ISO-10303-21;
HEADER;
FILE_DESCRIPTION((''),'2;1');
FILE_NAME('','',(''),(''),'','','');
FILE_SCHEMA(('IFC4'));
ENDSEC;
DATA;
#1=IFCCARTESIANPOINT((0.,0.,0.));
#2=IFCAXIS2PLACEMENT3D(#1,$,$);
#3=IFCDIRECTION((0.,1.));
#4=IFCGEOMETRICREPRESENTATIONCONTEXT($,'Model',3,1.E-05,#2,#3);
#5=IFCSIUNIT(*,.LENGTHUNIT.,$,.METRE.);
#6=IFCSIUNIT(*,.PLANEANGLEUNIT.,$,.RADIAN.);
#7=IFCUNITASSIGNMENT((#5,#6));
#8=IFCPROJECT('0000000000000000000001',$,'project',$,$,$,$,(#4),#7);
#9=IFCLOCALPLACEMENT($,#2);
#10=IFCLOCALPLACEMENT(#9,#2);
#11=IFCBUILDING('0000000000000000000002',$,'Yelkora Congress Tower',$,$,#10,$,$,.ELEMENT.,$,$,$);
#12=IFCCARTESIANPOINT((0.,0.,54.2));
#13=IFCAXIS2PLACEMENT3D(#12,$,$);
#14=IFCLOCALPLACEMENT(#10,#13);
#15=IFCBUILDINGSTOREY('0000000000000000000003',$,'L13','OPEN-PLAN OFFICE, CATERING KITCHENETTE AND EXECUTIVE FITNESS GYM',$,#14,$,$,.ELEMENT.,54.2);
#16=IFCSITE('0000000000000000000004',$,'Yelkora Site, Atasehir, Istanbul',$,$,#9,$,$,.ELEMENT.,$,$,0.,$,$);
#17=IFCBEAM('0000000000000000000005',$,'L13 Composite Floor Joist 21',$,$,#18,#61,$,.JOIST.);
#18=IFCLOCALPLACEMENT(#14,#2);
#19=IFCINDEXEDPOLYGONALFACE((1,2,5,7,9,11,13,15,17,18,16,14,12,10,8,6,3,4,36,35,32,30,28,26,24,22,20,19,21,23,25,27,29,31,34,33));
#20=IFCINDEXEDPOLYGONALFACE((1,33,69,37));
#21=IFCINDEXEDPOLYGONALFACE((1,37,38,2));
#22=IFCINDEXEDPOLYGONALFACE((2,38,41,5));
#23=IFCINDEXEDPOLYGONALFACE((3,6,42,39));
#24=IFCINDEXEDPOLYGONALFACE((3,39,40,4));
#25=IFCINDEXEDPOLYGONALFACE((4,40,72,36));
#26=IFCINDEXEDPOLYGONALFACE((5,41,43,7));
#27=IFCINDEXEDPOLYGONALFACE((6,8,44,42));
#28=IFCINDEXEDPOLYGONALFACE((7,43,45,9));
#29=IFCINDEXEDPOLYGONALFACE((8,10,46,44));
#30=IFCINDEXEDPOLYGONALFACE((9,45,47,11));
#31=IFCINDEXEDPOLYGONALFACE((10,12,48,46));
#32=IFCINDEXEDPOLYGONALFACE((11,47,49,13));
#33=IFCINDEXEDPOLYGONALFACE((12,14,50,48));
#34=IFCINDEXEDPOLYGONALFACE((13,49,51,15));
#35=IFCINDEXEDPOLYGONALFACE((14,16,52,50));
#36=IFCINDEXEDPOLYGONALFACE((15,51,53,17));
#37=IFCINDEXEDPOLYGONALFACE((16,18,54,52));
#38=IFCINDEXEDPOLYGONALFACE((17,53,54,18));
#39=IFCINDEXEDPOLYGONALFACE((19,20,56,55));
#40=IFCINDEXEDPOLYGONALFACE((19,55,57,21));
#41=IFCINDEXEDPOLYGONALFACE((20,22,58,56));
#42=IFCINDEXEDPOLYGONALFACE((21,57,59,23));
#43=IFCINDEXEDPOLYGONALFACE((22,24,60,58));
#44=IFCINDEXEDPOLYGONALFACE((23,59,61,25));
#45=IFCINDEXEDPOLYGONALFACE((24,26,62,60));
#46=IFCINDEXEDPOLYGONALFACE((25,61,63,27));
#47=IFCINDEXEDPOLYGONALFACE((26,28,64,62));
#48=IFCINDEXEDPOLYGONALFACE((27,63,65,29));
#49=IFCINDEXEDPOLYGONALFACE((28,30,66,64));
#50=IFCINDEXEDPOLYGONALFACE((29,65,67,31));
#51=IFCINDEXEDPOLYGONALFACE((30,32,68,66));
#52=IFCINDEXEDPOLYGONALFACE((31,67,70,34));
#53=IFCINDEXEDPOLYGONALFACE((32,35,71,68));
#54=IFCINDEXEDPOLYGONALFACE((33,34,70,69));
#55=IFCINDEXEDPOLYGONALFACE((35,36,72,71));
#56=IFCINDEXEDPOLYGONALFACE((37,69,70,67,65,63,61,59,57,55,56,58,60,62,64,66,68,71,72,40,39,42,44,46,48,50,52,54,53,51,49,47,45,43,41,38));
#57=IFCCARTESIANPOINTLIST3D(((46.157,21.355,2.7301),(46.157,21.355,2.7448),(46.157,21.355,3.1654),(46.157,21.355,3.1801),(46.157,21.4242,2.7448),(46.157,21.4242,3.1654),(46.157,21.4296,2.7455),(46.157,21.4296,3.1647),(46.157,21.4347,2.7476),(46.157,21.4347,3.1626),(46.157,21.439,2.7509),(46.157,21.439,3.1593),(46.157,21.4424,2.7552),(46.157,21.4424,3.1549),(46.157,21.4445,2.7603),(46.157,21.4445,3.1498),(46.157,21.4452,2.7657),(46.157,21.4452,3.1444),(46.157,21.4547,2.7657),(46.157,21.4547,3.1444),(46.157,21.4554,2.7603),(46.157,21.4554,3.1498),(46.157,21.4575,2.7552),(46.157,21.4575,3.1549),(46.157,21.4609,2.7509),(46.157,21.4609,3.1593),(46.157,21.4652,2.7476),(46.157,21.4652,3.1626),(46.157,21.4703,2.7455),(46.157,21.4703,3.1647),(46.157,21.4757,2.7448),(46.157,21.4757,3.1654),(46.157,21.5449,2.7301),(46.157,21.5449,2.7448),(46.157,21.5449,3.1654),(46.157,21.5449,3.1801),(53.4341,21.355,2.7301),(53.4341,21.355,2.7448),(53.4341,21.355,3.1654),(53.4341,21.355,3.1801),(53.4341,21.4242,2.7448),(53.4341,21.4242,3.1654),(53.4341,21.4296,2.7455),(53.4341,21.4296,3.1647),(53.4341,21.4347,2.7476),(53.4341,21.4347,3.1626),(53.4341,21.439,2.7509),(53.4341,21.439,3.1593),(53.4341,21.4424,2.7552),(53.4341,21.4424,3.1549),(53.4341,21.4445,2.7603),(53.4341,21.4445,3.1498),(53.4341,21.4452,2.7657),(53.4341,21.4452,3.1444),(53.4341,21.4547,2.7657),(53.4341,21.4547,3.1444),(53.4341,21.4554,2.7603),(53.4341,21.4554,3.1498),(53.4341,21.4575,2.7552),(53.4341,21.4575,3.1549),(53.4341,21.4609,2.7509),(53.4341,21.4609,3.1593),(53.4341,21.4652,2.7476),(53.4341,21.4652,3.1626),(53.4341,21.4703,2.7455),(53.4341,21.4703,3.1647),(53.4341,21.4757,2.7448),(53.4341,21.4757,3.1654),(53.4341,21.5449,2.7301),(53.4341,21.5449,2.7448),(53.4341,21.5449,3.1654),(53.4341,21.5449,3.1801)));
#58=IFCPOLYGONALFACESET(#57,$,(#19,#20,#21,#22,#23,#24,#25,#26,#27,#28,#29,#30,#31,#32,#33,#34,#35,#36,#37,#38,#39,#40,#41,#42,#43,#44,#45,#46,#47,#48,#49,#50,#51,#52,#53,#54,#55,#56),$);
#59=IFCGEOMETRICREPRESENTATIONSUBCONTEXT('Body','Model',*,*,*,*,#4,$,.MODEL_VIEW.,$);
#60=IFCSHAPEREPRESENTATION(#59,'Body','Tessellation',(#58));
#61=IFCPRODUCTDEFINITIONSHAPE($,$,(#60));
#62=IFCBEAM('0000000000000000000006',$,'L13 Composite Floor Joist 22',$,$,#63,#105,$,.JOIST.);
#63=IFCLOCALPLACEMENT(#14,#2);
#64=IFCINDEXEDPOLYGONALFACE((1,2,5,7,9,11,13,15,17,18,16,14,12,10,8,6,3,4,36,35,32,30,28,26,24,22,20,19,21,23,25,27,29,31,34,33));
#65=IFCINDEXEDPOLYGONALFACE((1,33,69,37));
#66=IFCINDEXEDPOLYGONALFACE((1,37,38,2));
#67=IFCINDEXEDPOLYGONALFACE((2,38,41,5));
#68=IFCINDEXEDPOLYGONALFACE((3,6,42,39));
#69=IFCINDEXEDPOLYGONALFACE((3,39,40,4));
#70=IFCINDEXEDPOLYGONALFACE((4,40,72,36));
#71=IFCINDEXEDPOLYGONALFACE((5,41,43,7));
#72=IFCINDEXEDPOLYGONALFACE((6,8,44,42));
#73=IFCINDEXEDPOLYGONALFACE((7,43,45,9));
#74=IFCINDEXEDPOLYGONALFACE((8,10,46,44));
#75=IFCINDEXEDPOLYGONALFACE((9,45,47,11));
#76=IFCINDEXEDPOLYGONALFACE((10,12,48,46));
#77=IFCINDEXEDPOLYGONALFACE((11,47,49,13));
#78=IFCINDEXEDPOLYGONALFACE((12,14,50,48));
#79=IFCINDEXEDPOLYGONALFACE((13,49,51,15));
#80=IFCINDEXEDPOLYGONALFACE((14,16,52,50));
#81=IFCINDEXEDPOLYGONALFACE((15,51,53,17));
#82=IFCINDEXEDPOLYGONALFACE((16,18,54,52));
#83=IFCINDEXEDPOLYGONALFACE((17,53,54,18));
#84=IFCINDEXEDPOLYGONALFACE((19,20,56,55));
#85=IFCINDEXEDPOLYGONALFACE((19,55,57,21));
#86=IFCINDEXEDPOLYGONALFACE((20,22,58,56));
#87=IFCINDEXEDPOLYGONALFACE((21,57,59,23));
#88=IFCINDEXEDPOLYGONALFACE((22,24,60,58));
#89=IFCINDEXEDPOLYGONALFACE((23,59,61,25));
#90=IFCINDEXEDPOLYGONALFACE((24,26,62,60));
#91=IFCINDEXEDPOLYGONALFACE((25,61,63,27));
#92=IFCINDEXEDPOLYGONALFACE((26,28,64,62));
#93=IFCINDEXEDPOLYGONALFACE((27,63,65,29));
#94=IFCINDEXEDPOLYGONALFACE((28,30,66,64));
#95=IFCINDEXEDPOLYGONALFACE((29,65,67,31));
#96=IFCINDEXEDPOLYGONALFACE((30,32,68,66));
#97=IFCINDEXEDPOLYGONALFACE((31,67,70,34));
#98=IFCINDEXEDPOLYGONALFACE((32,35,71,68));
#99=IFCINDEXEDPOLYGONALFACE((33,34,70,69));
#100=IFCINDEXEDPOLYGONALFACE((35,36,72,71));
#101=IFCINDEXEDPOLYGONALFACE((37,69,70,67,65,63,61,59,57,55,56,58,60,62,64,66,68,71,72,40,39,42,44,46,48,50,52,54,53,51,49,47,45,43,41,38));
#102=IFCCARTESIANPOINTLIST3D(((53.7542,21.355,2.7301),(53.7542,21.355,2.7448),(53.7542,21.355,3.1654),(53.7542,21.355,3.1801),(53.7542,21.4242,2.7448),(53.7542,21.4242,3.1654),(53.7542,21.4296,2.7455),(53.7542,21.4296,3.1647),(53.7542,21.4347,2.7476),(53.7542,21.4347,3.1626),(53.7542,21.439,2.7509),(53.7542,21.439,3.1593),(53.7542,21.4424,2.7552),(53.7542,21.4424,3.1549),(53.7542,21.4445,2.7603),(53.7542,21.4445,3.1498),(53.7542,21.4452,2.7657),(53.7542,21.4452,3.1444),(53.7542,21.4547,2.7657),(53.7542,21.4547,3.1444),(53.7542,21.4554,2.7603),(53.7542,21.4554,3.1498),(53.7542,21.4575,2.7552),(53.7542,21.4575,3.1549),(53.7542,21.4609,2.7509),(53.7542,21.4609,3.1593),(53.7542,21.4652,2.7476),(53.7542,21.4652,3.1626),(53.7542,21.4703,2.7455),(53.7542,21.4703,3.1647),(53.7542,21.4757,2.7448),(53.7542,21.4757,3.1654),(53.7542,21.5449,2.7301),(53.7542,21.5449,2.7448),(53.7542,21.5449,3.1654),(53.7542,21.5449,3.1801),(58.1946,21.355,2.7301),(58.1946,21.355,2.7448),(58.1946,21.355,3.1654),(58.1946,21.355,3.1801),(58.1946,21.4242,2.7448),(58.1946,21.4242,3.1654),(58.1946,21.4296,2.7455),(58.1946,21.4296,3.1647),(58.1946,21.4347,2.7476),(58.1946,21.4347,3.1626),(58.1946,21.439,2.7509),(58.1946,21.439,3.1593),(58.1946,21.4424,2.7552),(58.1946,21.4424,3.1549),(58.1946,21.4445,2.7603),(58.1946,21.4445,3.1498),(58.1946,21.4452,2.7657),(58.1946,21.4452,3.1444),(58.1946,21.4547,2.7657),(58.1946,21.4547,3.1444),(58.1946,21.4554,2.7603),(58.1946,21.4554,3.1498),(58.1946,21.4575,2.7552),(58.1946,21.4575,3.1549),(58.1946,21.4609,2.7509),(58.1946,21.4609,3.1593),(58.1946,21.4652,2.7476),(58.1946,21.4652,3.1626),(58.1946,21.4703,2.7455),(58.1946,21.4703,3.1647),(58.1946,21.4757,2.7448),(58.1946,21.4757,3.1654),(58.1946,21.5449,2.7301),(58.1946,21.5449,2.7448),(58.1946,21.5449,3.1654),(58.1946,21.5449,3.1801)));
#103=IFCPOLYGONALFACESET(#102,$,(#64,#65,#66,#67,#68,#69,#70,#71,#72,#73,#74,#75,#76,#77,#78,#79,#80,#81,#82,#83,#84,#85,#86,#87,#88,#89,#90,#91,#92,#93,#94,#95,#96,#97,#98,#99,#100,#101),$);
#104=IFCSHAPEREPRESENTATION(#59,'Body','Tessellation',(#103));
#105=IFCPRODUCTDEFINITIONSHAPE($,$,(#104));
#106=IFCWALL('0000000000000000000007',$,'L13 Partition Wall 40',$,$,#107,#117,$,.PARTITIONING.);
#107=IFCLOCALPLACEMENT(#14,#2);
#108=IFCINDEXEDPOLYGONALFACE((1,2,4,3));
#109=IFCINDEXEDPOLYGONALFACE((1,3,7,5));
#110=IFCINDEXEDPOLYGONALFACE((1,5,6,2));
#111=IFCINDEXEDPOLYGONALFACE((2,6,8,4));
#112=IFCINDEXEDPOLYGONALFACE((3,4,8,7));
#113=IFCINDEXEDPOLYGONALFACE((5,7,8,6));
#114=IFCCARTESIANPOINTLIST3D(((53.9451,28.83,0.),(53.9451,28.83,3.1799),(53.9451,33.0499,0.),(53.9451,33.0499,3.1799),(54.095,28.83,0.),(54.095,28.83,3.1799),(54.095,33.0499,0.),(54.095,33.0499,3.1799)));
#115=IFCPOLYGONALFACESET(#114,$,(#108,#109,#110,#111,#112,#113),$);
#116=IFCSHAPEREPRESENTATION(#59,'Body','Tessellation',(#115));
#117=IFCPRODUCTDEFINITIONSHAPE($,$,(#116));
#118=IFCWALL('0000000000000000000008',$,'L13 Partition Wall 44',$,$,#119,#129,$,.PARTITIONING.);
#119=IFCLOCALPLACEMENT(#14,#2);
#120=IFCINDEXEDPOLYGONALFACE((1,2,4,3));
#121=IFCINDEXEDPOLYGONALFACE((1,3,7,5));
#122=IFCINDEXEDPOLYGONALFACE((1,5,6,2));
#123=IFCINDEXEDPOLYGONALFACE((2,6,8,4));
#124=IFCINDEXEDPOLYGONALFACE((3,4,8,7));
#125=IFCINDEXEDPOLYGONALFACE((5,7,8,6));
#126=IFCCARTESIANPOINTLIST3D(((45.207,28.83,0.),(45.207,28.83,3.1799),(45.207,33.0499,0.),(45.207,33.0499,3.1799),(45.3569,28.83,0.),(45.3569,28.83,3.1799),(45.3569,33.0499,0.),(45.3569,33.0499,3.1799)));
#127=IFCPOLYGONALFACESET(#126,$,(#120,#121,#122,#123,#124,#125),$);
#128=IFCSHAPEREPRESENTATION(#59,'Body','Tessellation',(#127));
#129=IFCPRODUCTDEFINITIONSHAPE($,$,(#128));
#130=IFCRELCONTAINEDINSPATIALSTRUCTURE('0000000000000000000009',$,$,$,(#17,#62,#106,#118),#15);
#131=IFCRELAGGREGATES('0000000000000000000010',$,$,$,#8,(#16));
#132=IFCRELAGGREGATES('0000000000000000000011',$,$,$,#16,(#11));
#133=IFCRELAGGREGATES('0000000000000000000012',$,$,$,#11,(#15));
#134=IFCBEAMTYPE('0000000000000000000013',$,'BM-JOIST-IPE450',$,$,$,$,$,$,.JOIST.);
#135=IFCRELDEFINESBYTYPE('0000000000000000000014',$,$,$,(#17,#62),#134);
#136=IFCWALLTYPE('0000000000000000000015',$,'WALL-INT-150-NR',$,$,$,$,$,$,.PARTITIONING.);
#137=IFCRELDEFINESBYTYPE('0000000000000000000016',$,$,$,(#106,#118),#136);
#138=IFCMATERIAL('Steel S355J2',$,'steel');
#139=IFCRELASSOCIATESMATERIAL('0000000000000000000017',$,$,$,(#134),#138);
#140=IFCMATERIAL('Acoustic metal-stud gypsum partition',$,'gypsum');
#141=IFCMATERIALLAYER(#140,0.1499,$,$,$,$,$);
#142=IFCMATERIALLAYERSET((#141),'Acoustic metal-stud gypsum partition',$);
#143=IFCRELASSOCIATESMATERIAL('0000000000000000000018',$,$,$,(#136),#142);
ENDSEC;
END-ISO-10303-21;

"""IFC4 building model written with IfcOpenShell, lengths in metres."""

from ifc_helpers import new_model, si_unit, direction, frame, frame_2d, origin, origin_2d, place, context, subcontext, project, spatial, rectangle, i_section, extrude, material, layer, layer_set, material_profile, profile_set, type_object, element, save


model = new_model("IFC4")

# Units and contexts
model_context = context("Model", 3, precision=1e-05, world=origin(), true_north=direction((0.0, 1.0)))
body_context = subcontext(model_context, "Body", "Model", "MODEL_VIEW")
ifc_project = project(units=[si_unit("LENGTHUNIT", "METRE"), si_unit("PLANEANGLEUNIT", "RADIAN")], contexts=[model_context])

# Site, building, storey
site_placement = place(None, origin())
site = spatial("IfcSite", under=ifc_project, at=site_placement, Name="Yelkora Site, Atasehir, Istanbul", CompositionType="ELEMENT", RefElevation=0.0)
building_placement = place(site_placement, origin())
building = spatial("IfcBuilding", under=site, at=building_placement, Name="Yelkora Congress Tower", CompositionType="ELEMENT")
storey_placement = place(building_placement, frame((0.0, 0.0, 54.2)))
storey = spatial("IfcBuildingStorey", under=building, at=storey_placement, Name="L13", Description="OPEN-PLAN OFFICE, CATERING KITCHENETTE AND EXECUTIVE FITNESS GYM", CompositionType="ELEMENT", Elevation=54.2)

# Beams
ifc_material_1 = material(Name="Steel S355J2", Category="steel")
ifc_material_profile_1 = material_profile(ifc_material_1, i_section(OverallWidth=0.1899, OverallDepth=0.45, WebThickness=0.0095, FlangeThickness=0.0146, FilletRadius=0.021, at=origin_2d()), Name="IPE 450")
ifc_profile_set_1 = profile_set([ifc_material_profile_1], Name="Steel S355J2")
beam_type_1 = type_object("IfcBeamType", Name="BM-JOIST-IPE450", PredefinedType="JOIST", material=ifc_profile_set_1)
beam_1_placement = place(storey_placement, frame((46.157, 21.45, 2.9551), z_axis=(1.0, 0.0, 0.0), x_axis=(0.0, 1.0, 0.0)))
element("IfcBeam", 1, at=beam_1_placement, inside=storey, type_object=beam_type_1, Name="L13 Composite Floor Joist 21", PredefinedType="JOIST", context=body_context, shape_type="SweptSolid", body=[
    extrude(i_section(OverallWidth=0.1899, OverallDepth=0.45, WebThickness=0.0095, FlangeThickness=0.0146, FilletRadius=0.021, at=origin_2d()), origin(), (0.0, 0.0, 1.0), 7.2771),
])
beam_2_placement = place(storey_placement, frame((53.7542, 21.45, 2.9551), z_axis=(1.0, 0.0, 0.0), x_axis=(0.0, 1.0, 0.0)))
element("IfcBeam", 2, at=beam_2_placement, inside=storey, type_object=beam_type_1, Name="L13 Composite Floor Joist 22", PredefinedType="JOIST", context=body_context, shape_type="SweptSolid", body=[
    extrude(i_section(OverallWidth=0.1899, OverallDepth=0.45, WebThickness=0.0095, FlangeThickness=0.0146, FilletRadius=0.021, at=origin_2d()), origin(), (0.0, 0.0, 1.0), 4.4404),
])

# Walls
ifc_material_2 = material(Name="Acoustic metal-stud gypsum partition", Category="gypsum")
ifc_layer = layer(ifc_material_2, 0.1499)
ifc_layer_set = layer_set([ifc_layer], Name="Acoustic metal-stud gypsum partition")
wall_type = type_object("IfcWallType", Name="WALL-INT-150-NR", PredefinedType="PARTITIONING", material=ifc_layer_set)
for number, where, z_axis, x_axis, name in (
    (3, (54.02, 28.8301, 0.0), (0.0, 0.0, 1.0), (0.0, 1.0, 0.0), "L13 Partition Wall 40"),
    (4, (45.282, 28.8301, 0.0), (0.0, 0.0, 1.0), (0.0, 1.0, 0.0), "L13 Partition Wall 44"),
):
    element("IfcWall", number, at=place(storey_placement, frame(where, z_axis=z_axis, x_axis=x_axis)), inside=storey, type_object=wall_type, Name=name, PredefinedType="PARTITIONING", context=body_context, shape_type="SweptSolid", body=[
        extrude(rectangle(XDim=4.22, YDim=0.1499, at=frame_2d((2.1099, 0.0))), origin(), (0.0, 0.0, 1.0), 3.1799),
    ])

save(model, "model.ifc")
